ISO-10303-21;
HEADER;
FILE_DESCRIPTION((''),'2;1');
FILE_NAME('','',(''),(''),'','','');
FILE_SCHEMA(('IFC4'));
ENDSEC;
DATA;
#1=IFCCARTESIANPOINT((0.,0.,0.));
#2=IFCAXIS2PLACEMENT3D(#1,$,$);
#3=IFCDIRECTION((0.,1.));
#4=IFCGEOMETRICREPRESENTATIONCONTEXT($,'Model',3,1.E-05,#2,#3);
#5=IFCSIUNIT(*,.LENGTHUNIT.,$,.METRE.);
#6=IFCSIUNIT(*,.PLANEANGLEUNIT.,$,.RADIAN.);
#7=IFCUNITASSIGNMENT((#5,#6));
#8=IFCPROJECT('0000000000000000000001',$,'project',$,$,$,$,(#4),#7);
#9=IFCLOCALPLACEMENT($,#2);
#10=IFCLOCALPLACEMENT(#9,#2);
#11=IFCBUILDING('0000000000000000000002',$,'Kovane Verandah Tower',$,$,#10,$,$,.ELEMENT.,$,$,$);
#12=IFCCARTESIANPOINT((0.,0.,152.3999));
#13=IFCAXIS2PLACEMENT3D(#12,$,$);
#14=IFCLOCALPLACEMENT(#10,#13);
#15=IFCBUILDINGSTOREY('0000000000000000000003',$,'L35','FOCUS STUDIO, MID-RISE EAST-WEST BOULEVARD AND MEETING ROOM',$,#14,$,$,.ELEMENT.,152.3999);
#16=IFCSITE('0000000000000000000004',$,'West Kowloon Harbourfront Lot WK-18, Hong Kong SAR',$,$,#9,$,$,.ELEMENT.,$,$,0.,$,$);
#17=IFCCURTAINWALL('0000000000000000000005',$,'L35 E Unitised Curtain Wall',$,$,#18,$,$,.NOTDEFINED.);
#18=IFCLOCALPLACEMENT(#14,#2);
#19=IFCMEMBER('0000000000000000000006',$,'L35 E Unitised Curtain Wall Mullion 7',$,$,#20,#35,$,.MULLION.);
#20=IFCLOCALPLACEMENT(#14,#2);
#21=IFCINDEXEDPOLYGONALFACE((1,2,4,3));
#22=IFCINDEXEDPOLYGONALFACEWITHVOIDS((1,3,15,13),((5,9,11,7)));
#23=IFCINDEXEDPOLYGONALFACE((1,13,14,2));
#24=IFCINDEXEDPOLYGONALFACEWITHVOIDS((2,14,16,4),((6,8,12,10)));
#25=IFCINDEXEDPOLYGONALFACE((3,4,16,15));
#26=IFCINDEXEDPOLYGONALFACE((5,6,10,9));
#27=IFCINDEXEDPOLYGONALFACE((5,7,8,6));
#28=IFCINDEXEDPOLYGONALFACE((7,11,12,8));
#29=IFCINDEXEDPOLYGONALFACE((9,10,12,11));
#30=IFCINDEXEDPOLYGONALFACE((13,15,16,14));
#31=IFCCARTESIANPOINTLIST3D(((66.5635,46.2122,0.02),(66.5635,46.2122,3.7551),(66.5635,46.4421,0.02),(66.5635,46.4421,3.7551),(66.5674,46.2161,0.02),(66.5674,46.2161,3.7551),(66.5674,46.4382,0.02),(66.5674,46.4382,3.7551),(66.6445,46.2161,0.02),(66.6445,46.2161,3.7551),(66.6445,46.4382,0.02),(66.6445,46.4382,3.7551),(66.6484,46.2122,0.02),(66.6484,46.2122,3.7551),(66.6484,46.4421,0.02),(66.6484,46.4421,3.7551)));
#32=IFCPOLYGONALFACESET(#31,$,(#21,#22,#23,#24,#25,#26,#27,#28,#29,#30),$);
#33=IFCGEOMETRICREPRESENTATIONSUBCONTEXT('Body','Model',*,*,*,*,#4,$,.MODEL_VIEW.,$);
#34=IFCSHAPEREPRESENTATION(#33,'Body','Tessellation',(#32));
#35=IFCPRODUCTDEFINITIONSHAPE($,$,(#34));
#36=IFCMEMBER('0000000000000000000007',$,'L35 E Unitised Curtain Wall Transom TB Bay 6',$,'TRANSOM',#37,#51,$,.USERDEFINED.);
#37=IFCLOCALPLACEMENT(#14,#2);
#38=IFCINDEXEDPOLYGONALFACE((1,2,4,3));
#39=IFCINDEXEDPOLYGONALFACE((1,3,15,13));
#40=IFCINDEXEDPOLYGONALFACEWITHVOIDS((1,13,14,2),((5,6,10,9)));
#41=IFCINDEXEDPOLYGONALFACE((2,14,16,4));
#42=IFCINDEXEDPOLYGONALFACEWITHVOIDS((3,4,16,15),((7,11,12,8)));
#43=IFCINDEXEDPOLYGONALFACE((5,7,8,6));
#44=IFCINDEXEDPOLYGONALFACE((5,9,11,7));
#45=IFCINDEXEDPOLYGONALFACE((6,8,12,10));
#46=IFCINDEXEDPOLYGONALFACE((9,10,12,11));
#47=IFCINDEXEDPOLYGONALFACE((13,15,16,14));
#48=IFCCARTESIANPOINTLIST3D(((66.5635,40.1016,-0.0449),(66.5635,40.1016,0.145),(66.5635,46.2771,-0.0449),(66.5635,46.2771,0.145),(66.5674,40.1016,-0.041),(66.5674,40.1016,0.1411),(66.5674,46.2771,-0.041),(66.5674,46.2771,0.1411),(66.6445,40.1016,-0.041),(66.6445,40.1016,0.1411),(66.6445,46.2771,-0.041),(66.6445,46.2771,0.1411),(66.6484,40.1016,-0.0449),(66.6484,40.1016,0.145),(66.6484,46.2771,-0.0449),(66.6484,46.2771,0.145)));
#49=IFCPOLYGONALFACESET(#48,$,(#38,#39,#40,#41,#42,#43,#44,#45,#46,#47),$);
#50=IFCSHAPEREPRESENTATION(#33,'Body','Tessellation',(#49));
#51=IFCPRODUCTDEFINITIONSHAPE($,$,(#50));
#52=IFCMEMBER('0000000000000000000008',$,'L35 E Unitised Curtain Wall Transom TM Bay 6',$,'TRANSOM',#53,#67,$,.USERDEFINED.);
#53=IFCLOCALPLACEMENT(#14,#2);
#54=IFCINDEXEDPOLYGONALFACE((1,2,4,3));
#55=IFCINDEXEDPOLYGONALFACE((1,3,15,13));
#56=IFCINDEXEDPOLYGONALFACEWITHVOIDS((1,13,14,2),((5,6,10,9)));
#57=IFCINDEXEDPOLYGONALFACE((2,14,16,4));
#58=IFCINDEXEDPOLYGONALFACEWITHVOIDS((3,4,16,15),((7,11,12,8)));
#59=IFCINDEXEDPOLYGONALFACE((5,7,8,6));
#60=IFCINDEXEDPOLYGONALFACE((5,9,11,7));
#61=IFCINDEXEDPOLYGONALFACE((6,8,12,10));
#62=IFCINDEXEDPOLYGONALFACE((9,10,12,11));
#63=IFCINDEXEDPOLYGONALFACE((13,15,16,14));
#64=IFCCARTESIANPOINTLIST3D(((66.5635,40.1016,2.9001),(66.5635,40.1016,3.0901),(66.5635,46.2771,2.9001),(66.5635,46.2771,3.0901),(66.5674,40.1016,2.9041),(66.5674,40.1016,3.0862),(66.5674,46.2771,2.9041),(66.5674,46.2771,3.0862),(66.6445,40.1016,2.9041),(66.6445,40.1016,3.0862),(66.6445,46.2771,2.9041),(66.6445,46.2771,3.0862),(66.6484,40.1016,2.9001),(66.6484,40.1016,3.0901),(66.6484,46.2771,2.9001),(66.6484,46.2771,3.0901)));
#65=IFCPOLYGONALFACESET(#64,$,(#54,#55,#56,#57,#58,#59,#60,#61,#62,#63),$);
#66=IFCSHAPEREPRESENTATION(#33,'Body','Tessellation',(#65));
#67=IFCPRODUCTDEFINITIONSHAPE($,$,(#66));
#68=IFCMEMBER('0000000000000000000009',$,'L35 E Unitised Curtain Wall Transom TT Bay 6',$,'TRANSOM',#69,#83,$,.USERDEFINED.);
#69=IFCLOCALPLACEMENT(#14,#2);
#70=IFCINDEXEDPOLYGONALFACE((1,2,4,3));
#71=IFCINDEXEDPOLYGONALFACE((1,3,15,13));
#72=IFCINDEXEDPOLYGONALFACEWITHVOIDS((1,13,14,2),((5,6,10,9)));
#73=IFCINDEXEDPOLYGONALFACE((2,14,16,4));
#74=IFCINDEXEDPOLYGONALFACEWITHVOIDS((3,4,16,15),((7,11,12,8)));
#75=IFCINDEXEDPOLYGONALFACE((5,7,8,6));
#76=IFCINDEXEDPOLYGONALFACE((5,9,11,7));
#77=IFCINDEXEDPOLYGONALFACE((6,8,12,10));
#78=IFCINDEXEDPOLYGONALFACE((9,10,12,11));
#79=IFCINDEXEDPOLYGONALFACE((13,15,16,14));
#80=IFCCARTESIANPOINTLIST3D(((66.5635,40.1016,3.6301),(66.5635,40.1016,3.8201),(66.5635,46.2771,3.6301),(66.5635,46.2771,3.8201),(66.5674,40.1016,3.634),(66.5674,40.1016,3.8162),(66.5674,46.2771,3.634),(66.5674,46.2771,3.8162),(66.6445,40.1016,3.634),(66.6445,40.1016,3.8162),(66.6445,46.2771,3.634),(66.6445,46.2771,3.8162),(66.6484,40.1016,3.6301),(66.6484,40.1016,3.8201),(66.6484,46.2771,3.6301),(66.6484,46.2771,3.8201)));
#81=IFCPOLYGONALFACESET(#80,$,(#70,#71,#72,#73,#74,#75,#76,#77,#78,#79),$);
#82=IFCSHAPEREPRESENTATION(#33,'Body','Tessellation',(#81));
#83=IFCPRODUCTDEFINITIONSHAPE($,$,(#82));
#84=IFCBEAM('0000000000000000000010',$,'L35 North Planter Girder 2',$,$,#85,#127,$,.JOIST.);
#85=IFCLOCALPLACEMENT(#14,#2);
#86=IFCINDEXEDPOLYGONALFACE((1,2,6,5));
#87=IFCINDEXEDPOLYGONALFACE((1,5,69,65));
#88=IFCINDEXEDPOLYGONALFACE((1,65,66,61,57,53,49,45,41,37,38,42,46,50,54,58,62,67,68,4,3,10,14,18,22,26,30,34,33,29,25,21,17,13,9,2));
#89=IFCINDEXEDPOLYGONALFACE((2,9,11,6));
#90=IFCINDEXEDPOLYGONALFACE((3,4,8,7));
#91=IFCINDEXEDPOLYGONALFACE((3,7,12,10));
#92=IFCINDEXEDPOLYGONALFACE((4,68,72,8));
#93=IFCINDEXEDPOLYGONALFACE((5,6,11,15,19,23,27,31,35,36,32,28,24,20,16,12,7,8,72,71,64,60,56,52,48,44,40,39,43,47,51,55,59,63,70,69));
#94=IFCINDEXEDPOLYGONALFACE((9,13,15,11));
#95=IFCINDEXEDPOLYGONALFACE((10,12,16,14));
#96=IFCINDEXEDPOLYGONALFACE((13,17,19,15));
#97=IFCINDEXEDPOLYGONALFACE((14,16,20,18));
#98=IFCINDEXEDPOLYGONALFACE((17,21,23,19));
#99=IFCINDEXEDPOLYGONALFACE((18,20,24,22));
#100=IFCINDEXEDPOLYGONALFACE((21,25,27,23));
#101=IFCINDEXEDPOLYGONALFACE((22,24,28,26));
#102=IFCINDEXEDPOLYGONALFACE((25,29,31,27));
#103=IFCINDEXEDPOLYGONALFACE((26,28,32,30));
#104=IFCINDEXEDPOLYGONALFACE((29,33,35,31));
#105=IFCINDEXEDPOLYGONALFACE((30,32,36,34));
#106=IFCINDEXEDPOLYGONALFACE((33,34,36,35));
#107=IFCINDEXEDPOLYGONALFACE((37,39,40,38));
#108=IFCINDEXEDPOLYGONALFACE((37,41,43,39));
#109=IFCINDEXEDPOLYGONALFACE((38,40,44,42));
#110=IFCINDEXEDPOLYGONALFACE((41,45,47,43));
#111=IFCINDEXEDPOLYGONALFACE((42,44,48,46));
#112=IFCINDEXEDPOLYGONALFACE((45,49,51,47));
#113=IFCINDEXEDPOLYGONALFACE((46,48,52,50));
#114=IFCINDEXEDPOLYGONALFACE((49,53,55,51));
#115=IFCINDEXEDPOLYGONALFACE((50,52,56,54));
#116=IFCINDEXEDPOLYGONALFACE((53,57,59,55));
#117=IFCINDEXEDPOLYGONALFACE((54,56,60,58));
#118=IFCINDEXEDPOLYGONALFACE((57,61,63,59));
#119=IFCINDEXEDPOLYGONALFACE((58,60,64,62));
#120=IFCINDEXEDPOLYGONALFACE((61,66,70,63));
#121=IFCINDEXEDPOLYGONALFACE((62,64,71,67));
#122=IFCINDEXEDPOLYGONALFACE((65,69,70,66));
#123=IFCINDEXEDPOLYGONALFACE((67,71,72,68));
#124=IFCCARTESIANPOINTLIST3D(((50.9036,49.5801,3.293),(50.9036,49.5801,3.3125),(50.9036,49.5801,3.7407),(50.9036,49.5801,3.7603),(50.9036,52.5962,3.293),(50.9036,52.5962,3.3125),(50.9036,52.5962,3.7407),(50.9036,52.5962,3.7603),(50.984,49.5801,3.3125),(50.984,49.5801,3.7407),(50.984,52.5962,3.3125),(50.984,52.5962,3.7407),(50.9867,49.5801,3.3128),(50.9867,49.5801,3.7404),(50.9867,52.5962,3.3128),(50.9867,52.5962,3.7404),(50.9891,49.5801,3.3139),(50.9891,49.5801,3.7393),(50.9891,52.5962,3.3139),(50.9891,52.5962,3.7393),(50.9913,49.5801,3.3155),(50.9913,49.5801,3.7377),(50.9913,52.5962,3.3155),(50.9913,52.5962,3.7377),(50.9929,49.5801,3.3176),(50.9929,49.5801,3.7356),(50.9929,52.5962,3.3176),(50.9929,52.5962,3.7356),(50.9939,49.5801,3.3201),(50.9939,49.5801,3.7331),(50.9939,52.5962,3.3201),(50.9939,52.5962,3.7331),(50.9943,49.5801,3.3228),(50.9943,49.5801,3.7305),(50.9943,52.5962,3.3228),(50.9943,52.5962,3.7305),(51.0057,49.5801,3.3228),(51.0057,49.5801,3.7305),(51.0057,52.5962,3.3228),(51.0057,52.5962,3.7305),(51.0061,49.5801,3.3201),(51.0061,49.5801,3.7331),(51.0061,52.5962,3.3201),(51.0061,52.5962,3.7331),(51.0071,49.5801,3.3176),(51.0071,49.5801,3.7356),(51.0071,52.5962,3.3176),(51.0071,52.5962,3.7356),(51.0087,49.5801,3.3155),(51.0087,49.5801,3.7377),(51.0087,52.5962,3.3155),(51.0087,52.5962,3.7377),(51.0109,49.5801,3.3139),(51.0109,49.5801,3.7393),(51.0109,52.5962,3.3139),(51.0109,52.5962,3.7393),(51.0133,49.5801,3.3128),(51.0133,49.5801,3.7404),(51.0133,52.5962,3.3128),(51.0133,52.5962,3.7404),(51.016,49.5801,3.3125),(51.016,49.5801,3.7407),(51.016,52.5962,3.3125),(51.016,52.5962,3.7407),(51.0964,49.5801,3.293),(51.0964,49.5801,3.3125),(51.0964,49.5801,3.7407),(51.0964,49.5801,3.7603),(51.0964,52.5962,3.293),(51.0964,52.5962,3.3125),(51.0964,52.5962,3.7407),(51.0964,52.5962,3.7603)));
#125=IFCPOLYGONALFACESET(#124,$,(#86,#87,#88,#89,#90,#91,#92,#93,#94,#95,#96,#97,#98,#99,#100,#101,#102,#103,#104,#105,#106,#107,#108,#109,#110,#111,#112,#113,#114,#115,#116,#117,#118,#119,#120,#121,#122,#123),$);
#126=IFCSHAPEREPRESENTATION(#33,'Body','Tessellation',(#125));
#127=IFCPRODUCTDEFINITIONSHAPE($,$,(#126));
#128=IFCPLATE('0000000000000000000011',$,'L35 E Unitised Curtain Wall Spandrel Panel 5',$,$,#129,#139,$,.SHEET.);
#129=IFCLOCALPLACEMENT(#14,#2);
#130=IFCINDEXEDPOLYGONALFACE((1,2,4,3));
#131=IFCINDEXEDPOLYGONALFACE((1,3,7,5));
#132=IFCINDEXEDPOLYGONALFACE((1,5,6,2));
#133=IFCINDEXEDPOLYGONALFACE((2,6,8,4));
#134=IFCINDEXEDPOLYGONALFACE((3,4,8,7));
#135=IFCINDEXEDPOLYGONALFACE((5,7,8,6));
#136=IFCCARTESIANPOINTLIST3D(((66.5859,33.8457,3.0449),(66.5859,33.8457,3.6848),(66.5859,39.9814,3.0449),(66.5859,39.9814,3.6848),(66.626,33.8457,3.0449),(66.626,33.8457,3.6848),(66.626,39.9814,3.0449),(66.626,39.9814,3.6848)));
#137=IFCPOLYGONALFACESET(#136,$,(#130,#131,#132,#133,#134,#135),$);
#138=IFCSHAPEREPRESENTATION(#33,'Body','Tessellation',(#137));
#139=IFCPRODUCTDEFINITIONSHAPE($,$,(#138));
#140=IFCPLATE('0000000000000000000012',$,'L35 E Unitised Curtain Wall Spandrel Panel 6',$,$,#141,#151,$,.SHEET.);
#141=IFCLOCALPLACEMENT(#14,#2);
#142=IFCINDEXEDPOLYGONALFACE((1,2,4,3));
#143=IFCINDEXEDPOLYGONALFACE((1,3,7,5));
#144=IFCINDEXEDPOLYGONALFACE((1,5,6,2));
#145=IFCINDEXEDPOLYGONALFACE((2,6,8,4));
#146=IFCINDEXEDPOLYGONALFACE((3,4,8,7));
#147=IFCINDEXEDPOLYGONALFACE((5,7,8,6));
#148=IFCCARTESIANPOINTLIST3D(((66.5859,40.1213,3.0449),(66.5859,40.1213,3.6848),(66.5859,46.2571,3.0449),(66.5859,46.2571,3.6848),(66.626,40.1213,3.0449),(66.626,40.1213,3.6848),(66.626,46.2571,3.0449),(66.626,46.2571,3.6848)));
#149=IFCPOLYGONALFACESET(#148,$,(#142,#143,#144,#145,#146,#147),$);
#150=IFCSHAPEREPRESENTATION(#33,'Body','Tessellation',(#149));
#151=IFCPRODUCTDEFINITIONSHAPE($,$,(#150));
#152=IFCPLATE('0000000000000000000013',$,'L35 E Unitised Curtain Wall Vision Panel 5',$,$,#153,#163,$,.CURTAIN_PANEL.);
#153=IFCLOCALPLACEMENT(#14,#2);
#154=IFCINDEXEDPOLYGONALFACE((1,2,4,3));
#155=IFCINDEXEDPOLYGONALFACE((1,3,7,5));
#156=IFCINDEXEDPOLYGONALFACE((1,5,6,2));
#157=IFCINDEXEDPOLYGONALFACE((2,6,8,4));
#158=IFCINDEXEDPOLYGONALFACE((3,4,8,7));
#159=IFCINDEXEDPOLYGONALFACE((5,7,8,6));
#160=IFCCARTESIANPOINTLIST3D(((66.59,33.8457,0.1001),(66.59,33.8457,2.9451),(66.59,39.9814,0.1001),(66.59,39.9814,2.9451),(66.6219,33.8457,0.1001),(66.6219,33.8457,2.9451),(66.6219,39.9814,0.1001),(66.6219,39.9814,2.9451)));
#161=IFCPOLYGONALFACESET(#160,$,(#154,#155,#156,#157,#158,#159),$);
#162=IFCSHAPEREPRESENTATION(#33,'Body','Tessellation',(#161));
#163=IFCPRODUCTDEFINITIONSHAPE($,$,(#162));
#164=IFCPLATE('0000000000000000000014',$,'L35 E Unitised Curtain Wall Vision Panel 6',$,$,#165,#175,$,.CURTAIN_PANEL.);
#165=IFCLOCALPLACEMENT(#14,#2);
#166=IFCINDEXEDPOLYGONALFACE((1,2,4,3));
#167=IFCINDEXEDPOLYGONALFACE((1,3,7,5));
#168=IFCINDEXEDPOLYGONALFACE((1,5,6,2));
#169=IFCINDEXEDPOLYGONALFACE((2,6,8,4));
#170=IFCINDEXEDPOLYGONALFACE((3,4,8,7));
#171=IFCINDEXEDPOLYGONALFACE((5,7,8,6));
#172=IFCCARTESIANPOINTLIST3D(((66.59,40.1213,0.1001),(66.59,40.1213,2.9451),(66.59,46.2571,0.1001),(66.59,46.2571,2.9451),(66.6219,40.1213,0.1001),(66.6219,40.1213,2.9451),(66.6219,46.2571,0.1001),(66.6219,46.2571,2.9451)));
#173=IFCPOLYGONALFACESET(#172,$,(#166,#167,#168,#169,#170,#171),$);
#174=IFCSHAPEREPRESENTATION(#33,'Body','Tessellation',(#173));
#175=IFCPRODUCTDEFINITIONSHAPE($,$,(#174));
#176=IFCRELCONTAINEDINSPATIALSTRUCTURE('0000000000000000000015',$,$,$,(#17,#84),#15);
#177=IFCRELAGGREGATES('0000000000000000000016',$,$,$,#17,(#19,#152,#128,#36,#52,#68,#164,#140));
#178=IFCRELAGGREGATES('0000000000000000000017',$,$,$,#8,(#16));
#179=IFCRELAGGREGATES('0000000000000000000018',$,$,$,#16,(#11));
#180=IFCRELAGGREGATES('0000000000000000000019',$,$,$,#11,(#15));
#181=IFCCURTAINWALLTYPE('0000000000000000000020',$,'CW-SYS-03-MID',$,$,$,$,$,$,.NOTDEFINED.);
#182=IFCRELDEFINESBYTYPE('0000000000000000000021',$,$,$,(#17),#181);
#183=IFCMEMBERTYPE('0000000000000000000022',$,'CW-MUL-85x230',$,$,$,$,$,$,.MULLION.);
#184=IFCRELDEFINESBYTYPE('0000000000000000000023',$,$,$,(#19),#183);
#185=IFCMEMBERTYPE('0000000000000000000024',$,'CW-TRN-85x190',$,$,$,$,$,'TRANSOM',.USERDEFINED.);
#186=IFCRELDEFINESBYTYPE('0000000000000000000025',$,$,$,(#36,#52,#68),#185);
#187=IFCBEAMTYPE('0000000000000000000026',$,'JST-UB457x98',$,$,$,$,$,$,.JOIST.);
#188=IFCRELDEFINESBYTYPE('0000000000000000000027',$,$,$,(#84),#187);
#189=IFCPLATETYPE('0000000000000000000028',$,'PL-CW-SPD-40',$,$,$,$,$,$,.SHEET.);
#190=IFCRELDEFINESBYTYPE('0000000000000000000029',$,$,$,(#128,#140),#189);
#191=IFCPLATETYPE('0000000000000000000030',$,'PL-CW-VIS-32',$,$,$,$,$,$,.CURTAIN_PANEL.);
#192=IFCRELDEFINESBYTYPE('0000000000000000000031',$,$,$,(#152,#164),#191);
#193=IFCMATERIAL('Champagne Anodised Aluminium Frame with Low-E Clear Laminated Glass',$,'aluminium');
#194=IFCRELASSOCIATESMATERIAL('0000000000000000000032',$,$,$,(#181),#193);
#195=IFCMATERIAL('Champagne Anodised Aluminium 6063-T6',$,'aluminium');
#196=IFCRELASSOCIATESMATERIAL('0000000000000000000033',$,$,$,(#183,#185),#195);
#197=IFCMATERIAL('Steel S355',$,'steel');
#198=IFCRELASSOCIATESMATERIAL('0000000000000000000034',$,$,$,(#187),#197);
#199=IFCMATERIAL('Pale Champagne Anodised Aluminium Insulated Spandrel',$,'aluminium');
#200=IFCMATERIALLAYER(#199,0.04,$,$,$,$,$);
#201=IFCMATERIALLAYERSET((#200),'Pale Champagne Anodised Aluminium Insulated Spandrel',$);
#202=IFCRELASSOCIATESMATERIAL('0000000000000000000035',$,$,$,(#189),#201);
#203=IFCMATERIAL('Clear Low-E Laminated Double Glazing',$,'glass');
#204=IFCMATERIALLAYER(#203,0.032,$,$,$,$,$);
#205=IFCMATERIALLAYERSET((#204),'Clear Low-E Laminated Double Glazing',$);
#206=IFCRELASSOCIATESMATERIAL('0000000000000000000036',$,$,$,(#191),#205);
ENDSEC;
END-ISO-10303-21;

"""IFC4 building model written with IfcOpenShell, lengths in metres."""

from ifc_helpers import new_model, si_unit, direction, frame, origin, origin_2d, place, context, subcontext, project, spatial, rectangle, hollow_rectangle, i_section, extrude, material, layer, layer_set, material_profile, profile_set, type_object, element, aggregate, save


model = new_model("IFC4")

# Units and contexts
model_context = context("Model", 3, precision=1e-05, world=origin(), true_north=direction((0.0, 1.0)))
body_context = subcontext(model_context, "Body", "Model", "MODEL_VIEW")
ifc_project = project(units=[si_unit("LENGTHUNIT", "METRE"), si_unit("PLANEANGLEUNIT", "RADIAN")], contexts=[model_context])

# Site, building, storey
site_placement = place(None, origin())
site = spatial("IfcSite", under=ifc_project, at=site_placement, Name="West Kowloon Harbourfront Lot WK-18, Hong Kong SAR", CompositionType="ELEMENT", RefElevation=0.0)
building_placement = place(site_placement, origin())
building = spatial("IfcBuilding", under=site, at=building_placement, Name="Kovane Verandah Tower", CompositionType="ELEMENT")
storey_placement = place(building_placement, frame((0.0, 0.0, 152.3999)))
storey = spatial("IfcBuildingStorey", under=building, at=storey_placement, Name="L35", Description="FOCUS STUDIO, MID-RISE EAST-WEST BOULEVARD AND MEETING ROOM", CompositionType="ELEMENT", Elevation=152.3999)

# Shared definitions
ifc_material_1 = material(Name="Steel S355", Category="steel")

# Curtain wall, members
ifc_material_2 = material(Name="Champagne Anodised Aluminium Frame with Low-E Clear Laminated Glass", Category="aluminium")
curtain_wall_type = type_object("IfcCurtainWallType", Name="CW-SYS-03-MID", PredefinedType="NOTDEFINED", material=ifc_material_2)
curtain_wall_placement = place(storey_placement, origin())
curtain_wall = element("IfcCurtainWall", 1, at=curtain_wall_placement, inside=storey, type_object=curtain_wall_type, Name="L35 E Unitised Curtain Wall", PredefinedType="NOTDEFINED")
ifc_material_3 = material(Name="Champagne Anodised Aluminium 6063-T6", Category="aluminium")
ifc_material_profile_1 = material_profile(ifc_material_3, hollow_rectangle(XDim=0.085, YDim=0.23, WallThickness=0.0039, at=origin_2d()), Name="AL85x230x4")
ifc_profile_set_1 = profile_set([ifc_material_profile_1], Name="Champagne Anodised Aluminium 6063-T6")
member_type_1 = type_object("IfcMemberType", Name="CW-MUL-85x230", PredefinedType="MULLION", material=ifc_profile_set_1)
member_1_placement = place(storey_placement, frame((66.606, 46.3271, 0.02), z_axis=(0.0, 0.0, 1.0), x_axis=(1.0, 0.0, 0.0)))
member_1 = element("IfcMember", 2, at=member_1_placement, type_object=member_type_1, Name="L35 E Unitised Curtain Wall Mullion 7", PredefinedType="MULLION", context=body_context, shape_type="SweptSolid", body=[
    extrude(hollow_rectangle(XDim=0.085, YDim=0.23, WallThickness=0.0039, at=origin_2d()), origin(), (0.0, 0.0, 1.0), 3.7351),
])
ifc_material_profile_2 = material_profile(ifc_material_3, hollow_rectangle(XDim=0.085, YDim=0.1899, WallThickness=0.0039, at=origin_2d()), Name="AL85x190x4")
ifc_profile_set_2 = profile_set([ifc_material_profile_2], Name="Champagne Anodised Aluminium 6063-T6")
member_type_2 = type_object("IfcMemberType", Name="CW-TRN-85x190", ElementType="TRANSOM", PredefinedType="USERDEFINED", material=ifc_profile_set_2)
member_2_placement = place(storey_placement, frame((66.606, 40.1016, 0.05), z_axis=(0.0, 1.0, 0.0), x_axis=(-1.0, 0.0, 0.0)))
member_2 = element("IfcMember", 3, at=member_2_placement, type_object=member_type_2, Name="L35 E Unitised Curtain Wall Transom TB Bay 6", ObjectType="TRANSOM", PredefinedType="USERDEFINED", context=body_context, shape_type="SweptSolid", body=[
    extrude(hollow_rectangle(XDim=0.085, YDim=0.1899, WallThickness=0.0039, at=origin_2d()), origin(), (0.0, 0.0, 1.0), 6.1755),
])
member_3_placement = place(storey_placement, frame((66.606, 40.1016, 2.9951), z_axis=(0.0, 1.0, 0.0), x_axis=(-1.0, 0.0, 0.0)))
member_3 = element("IfcMember", 4, at=member_3_placement, type_object=member_type_2, Name="L35 E Unitised Curtain Wall Transom TM Bay 6", ObjectType="TRANSOM", PredefinedType="USERDEFINED", context=body_context, shape_type="SweptSolid", body=[
    extrude(hollow_rectangle(XDim=0.085, YDim=0.1899, WallThickness=0.0039, at=origin_2d()), origin(), (0.0, 0.0, 1.0), 6.1755),
])
member_4_placement = place(storey_placement, frame((66.606, 40.1016, 3.7251), z_axis=(0.0, 1.0, 0.0), x_axis=(-1.0, 0.0, 0.0)))
member_4 = element("IfcMember", 5, at=member_4_placement, type_object=member_type_2, Name="L35 E Unitised Curtain Wall Transom TT Bay 6", ObjectType="TRANSOM", PredefinedType="USERDEFINED", context=body_context, shape_type="SweptSolid", body=[
    extrude(hollow_rectangle(XDim=0.085, YDim=0.1899, WallThickness=0.0039, at=origin_2d()), origin(), (0.0, 0.0, 1.0), 6.1755),
])

# Beam
ifc_material_profile_3 = material_profile(ifc_material_1, i_section(OverallWidth=0.1929, OverallDepth=0.4673, WebThickness=0.0115, FlangeThickness=0.0195, FilletRadius=0.0103, at=origin_2d()), Name="UB457x191x98")
ifc_profile_set_3 = profile_set([ifc_material_profile_3], Name="Steel S355")
beam_type_1 = type_object("IfcBeamType", Name="JST-UB457x98", PredefinedType="JOIST", material=ifc_profile_set_3)
beam_1_placement = place(storey_placement, frame((51.0, 49.5801, 3.5266), z_axis=(0.0, 1.0, 0.0), x_axis=(-1.0, 0.0, 0.0)))
element("IfcBeam", 6, at=beam_1_placement, inside=storey, type_object=beam_type_1, Name="L35 North Planter Girder 2", PredefinedType="JOIST", context=body_context, shape_type="SweptSolid", body=[
    extrude(i_section(OverallWidth=0.1929, OverallDepth=0.4673, WebThickness=0.0115, FlangeThickness=0.0195, FilletRadius=0.0103, at=origin_2d()), origin(), (0.0, 0.0, 1.0), 3.0161),
])

# Plates
ifc_material_4 = material(Name="Pale Champagne Anodised Aluminium Insulated Spandrel", Category="aluminium")
ifc_layer_1 = layer(ifc_material_4, 0.04)
ifc_layer_set_1 = layer_set([ifc_layer_1], Name="Pale Champagne Anodised Aluminium Insulated Spandrel")
plate_type_1 = type_object("IfcPlateType", Name="PL-CW-SPD-40", PredefinedType="SHEET", material=ifc_layer_set_1)
plate_1_placement = place(storey_placement, frame((66.606, 36.9136, 3.0449), z_axis=(0.0, 0.0, 1.0), x_axis=(0.0, 1.0, 0.0)))
plate_1 = element("IfcPlate", 7, at=plate_1_placement, type_object=plate_type_1, Name="L35 E Unitised Curtain Wall Spandrel Panel 5", PredefinedType="SHEET", context=body_context, shape_type="SweptSolid", body=[
    extrude(rectangle(XDim=6.1357, YDim=0.04, at=origin_2d()), origin(), (0.0, 0.0, 1.0), 0.6399),
])
plate_2_placement = place(storey_placement, frame((66.606, 43.1892, 3.0449), z_axis=(0.0, 0.0, 1.0), x_axis=(0.0, 1.0, 0.0)))
plate_2 = element("IfcPlate", 8, at=plate_2_placement, type_object=plate_type_1, Name="L35 E Unitised Curtain Wall Spandrel Panel 6", PredefinedType="SHEET", context=body_context, shape_type="SweptSolid", body=[
    extrude(rectangle(XDim=6.1357, YDim=0.04, at=origin_2d()), origin(), (0.0, 0.0, 1.0), 0.6399),
])
ifc_material_5 = material(Name="Clear Low-E Laminated Double Glazing", Category="glass")
ifc_layer_2 = layer(ifc_material_5, 0.032)
ifc_layer_set_2 = layer_set([ifc_layer_2], Name="Clear Low-E Laminated Double Glazing")
plate_type_2 = type_object("IfcPlateType", Name="PL-CW-VIS-32", PredefinedType="CURTAIN_PANEL", material=ifc_layer_set_2)
plate_3_placement = place(storey_placement, frame((66.606, 36.9136, 0.1001), z_axis=(0.0, 0.0, 1.0), x_axis=(0.0, 1.0, 0.0)))
plate_3 = element("IfcPlate", 9, at=plate_3_placement, type_object=plate_type_2, Name="L35 E Unitised Curtain Wall Vision Panel 5", PredefinedType="CURTAIN_PANEL", context=body_context, shape_type="SweptSolid", body=[
    extrude(rectangle(XDim=6.1357, YDim=0.032, at=origin_2d()), origin(), (0.0, 0.0, 1.0), 2.845),
])
plate_4_placement = place(storey_placement, frame((66.606, 43.1892, 0.1001), z_axis=(0.0, 0.0, 1.0), x_axis=(0.0, 1.0, 0.0)))
plate_4 = element("IfcPlate", 10, at=plate_4_placement, type_object=plate_type_2, Name="L35 E Unitised Curtain Wall Vision Panel 6", PredefinedType="CURTAIN_PANEL", context=body_context, shape_type="SweptSolid", body=[
    extrude(rectangle(XDim=6.1357, YDim=0.032, at=origin_2d()), origin(), (0.0, 0.0, 1.0), 2.845),
])
aggregate(curtain_wall, [member_1, plate_3, plate_1, member_2, member_3, member_4, plate_4, plate_2])

save(model, "model.ifc")
